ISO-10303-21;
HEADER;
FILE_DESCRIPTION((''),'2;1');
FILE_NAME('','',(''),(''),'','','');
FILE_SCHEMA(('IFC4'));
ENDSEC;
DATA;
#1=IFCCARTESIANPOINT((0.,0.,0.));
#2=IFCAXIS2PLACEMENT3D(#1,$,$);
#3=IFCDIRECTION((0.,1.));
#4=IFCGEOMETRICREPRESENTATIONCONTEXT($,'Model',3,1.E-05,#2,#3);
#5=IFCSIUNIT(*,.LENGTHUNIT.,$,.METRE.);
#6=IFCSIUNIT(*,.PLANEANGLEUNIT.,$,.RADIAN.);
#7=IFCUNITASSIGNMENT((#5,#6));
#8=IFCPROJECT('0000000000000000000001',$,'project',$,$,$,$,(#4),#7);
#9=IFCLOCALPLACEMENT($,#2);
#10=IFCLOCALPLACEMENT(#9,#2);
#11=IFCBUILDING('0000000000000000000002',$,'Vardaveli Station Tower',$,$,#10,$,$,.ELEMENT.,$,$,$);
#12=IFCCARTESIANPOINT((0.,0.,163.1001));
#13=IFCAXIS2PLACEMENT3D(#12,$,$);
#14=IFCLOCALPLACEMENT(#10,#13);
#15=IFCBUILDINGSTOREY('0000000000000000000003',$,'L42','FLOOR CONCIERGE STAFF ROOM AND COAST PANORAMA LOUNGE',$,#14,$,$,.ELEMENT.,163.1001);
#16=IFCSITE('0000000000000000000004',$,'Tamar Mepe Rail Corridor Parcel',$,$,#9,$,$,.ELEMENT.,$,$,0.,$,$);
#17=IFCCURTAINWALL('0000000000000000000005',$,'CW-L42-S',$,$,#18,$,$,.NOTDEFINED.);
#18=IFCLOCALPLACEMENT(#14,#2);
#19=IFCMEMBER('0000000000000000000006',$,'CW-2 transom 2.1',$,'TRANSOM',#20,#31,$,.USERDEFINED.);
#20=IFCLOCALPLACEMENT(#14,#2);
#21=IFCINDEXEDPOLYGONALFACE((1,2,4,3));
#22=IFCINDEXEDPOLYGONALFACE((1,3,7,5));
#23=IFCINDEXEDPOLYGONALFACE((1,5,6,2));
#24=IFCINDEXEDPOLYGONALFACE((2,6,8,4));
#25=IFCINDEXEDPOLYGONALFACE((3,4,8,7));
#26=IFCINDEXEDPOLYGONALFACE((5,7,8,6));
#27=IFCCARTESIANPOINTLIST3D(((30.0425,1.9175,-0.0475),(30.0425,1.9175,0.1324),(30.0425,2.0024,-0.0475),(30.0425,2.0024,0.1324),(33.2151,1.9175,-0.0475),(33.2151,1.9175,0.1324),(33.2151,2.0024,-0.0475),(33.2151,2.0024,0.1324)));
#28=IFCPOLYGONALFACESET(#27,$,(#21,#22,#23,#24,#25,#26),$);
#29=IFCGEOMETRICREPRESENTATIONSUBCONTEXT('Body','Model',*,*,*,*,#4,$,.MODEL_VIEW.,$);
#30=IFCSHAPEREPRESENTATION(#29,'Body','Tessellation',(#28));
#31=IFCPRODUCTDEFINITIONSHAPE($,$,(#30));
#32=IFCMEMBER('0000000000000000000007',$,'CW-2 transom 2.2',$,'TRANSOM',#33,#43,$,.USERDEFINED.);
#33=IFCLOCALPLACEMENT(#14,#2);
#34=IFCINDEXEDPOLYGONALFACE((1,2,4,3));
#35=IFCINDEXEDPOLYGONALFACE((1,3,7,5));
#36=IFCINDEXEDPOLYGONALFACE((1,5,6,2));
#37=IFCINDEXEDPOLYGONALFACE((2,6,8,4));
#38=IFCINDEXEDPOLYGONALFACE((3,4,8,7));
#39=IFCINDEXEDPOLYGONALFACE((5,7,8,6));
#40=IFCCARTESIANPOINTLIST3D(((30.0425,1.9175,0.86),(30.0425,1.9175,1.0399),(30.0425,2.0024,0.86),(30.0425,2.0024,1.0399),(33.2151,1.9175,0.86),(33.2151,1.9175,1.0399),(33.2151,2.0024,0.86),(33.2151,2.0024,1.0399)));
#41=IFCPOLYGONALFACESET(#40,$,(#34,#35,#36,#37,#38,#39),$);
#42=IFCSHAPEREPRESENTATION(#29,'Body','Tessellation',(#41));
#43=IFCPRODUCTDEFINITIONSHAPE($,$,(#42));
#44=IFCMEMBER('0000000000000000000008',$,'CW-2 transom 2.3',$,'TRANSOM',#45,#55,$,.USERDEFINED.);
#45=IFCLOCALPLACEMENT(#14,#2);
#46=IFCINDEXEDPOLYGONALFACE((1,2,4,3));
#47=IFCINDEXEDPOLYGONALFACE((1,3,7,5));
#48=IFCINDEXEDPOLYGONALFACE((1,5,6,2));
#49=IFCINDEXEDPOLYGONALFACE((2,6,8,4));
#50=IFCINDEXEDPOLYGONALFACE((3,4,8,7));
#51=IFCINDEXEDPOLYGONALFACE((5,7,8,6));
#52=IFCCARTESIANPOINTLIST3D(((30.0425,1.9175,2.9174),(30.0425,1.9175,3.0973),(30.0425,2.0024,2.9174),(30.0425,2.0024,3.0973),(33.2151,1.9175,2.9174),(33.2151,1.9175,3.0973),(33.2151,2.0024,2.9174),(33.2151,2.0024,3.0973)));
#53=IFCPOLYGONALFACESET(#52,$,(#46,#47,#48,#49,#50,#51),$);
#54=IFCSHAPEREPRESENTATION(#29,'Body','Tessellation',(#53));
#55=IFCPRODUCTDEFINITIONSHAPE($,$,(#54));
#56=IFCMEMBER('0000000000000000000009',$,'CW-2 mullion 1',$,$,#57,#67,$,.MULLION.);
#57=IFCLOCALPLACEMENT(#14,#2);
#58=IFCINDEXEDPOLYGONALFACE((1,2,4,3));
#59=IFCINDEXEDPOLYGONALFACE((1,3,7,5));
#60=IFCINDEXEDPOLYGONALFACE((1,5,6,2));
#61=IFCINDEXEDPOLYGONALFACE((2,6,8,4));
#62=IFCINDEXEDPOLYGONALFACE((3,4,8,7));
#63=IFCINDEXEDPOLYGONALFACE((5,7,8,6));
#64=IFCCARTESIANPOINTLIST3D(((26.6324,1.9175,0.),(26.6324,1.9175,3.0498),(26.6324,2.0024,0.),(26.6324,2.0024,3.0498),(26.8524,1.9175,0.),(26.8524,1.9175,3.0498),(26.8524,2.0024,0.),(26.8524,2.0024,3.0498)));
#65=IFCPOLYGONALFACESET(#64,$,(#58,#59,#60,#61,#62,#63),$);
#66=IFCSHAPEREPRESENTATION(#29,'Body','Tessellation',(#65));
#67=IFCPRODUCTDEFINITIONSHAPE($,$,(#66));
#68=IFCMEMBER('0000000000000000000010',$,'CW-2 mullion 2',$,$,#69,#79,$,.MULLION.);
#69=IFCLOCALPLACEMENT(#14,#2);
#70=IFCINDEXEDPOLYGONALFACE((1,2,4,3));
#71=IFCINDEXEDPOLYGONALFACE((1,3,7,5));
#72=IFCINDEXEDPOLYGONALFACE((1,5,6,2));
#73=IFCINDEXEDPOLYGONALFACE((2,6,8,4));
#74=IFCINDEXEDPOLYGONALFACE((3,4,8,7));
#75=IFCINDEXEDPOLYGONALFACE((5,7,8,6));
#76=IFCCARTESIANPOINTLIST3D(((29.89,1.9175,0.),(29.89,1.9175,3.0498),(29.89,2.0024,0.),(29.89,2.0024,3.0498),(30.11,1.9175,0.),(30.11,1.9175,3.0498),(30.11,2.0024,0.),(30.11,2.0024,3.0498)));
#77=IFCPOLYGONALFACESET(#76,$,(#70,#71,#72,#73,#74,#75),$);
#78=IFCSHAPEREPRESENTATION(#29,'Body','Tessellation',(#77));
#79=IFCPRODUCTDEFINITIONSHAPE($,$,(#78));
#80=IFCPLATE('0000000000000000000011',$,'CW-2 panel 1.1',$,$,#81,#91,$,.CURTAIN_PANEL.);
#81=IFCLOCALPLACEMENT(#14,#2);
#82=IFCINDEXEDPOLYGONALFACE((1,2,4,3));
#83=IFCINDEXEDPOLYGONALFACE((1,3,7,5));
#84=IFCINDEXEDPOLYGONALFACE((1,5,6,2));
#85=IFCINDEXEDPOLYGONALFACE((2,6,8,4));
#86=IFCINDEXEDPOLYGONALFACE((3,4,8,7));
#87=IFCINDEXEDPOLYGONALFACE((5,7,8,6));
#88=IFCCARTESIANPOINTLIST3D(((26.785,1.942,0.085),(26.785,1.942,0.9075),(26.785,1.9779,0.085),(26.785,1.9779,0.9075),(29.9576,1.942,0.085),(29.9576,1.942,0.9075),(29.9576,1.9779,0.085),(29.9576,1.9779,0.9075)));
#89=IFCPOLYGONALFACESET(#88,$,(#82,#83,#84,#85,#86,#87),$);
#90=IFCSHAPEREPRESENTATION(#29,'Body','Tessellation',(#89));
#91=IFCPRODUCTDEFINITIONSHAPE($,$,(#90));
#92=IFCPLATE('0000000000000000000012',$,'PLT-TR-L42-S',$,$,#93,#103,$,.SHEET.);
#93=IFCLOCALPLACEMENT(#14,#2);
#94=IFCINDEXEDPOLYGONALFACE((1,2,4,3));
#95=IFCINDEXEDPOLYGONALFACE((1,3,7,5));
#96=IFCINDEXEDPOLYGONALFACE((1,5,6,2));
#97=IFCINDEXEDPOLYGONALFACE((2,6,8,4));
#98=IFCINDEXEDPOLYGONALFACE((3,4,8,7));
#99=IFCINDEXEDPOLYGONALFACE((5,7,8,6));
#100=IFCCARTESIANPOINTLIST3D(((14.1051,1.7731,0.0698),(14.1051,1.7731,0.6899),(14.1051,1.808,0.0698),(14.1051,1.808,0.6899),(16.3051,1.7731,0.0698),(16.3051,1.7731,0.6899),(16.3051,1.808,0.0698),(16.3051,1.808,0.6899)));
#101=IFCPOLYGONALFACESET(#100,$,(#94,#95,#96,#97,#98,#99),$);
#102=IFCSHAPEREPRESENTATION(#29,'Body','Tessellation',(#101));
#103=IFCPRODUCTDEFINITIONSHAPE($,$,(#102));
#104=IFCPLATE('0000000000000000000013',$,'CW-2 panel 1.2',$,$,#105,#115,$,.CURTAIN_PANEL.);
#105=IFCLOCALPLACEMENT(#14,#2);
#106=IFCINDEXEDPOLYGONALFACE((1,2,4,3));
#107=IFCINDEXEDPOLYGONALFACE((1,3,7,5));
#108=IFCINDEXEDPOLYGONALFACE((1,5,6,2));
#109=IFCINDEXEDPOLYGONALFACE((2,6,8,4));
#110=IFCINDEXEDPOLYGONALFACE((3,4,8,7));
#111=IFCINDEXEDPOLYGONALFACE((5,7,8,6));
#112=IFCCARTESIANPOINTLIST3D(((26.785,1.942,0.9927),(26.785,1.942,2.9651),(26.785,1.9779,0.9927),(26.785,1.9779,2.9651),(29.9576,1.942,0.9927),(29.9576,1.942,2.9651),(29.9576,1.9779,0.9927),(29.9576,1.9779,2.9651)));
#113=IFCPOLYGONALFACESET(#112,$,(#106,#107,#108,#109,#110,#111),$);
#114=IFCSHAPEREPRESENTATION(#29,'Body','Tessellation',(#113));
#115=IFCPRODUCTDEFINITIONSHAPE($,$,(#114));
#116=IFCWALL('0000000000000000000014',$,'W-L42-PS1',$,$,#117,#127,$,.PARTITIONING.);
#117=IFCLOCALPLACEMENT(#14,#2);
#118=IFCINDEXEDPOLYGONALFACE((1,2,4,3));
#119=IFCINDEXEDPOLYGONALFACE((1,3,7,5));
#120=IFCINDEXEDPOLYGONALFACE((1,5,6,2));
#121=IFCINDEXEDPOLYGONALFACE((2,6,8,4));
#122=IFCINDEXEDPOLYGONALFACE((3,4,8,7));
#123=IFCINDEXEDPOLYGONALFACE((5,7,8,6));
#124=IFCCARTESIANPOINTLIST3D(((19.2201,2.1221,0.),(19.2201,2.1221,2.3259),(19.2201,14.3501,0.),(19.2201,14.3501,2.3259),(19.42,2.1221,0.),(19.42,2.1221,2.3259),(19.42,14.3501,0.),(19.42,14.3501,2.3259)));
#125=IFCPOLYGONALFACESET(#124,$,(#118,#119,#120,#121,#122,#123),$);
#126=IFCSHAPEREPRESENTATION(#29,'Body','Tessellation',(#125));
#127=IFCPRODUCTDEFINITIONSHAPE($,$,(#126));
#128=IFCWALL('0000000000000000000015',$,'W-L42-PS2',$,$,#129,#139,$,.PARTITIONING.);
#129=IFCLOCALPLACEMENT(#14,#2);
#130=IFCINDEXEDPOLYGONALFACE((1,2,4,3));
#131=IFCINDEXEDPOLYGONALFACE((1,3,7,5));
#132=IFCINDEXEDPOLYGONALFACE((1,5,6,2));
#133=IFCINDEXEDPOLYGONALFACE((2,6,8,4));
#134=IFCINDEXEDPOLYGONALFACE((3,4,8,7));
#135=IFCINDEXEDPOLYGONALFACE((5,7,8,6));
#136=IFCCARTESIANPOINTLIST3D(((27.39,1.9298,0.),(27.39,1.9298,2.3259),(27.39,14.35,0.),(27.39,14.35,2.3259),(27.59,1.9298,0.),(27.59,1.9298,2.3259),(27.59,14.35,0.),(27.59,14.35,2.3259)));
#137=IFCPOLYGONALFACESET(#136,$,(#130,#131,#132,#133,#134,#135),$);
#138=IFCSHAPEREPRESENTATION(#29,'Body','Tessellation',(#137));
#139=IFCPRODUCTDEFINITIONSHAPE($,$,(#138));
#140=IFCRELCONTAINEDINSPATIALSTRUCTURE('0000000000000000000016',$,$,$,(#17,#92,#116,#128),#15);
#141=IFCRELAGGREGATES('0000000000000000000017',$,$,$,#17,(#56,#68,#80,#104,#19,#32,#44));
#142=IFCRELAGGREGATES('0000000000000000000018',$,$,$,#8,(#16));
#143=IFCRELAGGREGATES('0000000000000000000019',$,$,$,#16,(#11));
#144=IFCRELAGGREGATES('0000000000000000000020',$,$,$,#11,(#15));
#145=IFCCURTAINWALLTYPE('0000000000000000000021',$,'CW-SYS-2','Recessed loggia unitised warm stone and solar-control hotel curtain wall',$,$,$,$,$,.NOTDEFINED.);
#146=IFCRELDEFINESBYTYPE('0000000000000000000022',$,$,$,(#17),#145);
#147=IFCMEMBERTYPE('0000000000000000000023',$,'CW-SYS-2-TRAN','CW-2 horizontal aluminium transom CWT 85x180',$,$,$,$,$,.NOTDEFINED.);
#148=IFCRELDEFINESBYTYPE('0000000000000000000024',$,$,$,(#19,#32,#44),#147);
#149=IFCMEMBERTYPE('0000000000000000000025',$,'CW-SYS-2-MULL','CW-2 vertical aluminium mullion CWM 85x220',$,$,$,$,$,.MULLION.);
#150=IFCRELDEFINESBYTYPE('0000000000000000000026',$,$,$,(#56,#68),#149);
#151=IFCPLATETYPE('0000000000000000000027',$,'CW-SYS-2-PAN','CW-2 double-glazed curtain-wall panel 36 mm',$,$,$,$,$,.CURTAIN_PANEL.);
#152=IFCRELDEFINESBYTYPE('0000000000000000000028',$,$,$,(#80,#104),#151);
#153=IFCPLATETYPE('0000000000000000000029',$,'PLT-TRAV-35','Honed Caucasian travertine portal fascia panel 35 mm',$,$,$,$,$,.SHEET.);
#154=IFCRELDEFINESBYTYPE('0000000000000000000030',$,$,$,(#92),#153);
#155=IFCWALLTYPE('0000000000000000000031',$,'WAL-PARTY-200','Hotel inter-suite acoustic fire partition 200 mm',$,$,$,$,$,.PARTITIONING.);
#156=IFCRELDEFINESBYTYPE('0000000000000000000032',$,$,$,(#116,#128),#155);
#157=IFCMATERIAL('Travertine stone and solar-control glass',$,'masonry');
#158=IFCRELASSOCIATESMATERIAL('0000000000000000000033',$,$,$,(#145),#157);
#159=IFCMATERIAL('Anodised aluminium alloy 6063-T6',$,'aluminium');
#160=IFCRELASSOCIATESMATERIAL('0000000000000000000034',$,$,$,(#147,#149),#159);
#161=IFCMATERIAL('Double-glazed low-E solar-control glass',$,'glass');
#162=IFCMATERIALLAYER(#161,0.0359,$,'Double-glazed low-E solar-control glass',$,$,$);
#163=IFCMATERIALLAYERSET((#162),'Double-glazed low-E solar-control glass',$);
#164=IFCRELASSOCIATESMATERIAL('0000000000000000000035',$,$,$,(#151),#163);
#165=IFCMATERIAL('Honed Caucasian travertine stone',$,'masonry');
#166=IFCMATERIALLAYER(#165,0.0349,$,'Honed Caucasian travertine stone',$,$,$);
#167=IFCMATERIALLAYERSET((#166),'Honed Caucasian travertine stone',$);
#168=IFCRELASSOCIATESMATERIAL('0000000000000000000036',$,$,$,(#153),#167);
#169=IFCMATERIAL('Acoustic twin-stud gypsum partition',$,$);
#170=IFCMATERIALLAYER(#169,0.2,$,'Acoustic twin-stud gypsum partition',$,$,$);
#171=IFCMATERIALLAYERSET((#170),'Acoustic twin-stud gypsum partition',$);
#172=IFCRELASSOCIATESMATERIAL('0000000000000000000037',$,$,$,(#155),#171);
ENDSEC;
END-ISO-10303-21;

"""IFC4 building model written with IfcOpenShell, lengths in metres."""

from ifc_helpers import new_model, si_unit, direction, frame, frame_2d, origin, origin_2d, place, context, subcontext, project, spatial, rectangle, extrude, source, transform, mapped, material, layer, layer_set, material_profile, profile_set, type_object, element, aggregate, save


model = new_model("IFC4")

# Units and contexts
model_context = context("Model", 3, precision=1e-05, world=origin(), true_north=direction((0.0, 1.0)))
body_context = subcontext(model_context, "Body", "Model", "MODEL_VIEW")
ifc_project = project(units=[si_unit("LENGTHUNIT", "METRE"), si_unit("PLANEANGLEUNIT", "RADIAN")], contexts=[model_context])

# Site, building, storey
site_placement = place(None, origin())
site = spatial("IfcSite", under=ifc_project, at=site_placement, Name="Tamar Mepe Rail Corridor Parcel", CompositionType="ELEMENT", RefElevation=0.0)
building_placement = place(site_placement, origin())
building = spatial("IfcBuilding", under=site, at=building_placement, Name="Vardaveli Station Tower", CompositionType="ELEMENT")
storey_placement = place(building_placement, frame((0.0, 0.0, 163.1001)))
storey = spatial("IfcBuildingStorey", under=building, at=storey_placement, Name="L42", Description="FLOOR CONCIERGE STAFF ROOM AND COAST PANORAMA LOUNGE", CompositionType="ELEMENT", Elevation=163.1001)

# Curtain wall, members, plate
ifc_material_1 = material(Name="Travertine stone and solar-control glass", Category="masonry")
curtain_wall_type = type_object("IfcCurtainWallType", Name="CW-SYS-2", Description="Recessed loggia unitised warm stone and solar-control hotel curtain wall", PredefinedType="NOTDEFINED", material=ifc_material_1)
curtain_wall_placement = place(storey_placement, origin())
curtain_wall = element("IfcCurtainWall", 1, at=curtain_wall_placement, inside=storey, type_object=curtain_wall_type, Name="CW-L42-S", PredefinedType="NOTDEFINED")
ifc_material_2 = material(Name="Anodised aluminium alloy 6063-T6", Category="aluminium")
ifc_material_profile_1 = material_profile(ifc_material_2, rectangle(XDim=0.085, YDim=0.1799, at=origin_2d()), Name="CWT 85x180")
ifc_profile_set_1 = profile_set([ifc_material_profile_1], Name="Anodised aluminium alloy 6063-T6")
member_type_1 = type_object("IfcMemberType", Name="CW-SYS-2-TRAN", Description="CW-2 horizontal aluminium transom CWT 85x180", PredefinedType="NOTDEFINED", material=ifc_profile_set_1)
shared_shape_1 = source(origin(), body_context, "Body", "SweptSolid", [
    extrude(rectangle(XDim=0.085, YDim=0.1799, at=origin_2d()), origin(), (0.0, 0.0, 1.0), 3.1726),
])
member_1_placement = place(storey_placement, frame((30.0425, 1.96, 0.0425), z_axis=(1.0, 0.0, 0.0), x_axis=(0.0, 1.0, 0.0)))
member_1 = element("IfcMember", 2, at=member_1_placement, type_object=member_type_1, Name="CW-2 transom 2.1", ObjectType="TRANSOM", PredefinedType="USERDEFINED", context=body_context, shape_type="MappedRepresentation", body=[
    mapped(shared_shape_1, transform((0.0, 0.0, 0.0), scale=1.0)),
])
member_2_placement = place(storey_placement, frame((30.0425, 1.96, 0.95), z_axis=(1.0, 0.0, 0.0), x_axis=(0.0, 1.0, 0.0)))
member_2 = element("IfcMember", 3, at=member_2_placement, type_object=member_type_1, Name="CW-2 transom 2.2", ObjectType="TRANSOM", PredefinedType="USERDEFINED", context=body_context, shape_type="MappedRepresentation", body=[
    mapped(shared_shape_1, transform((0.0, 0.0, 0.0), scale=1.0)),
])
member_3_placement = place(storey_placement, frame((30.0425, 1.96, 3.0073), z_axis=(1.0, 0.0, 0.0), x_axis=(0.0, 1.0, 0.0)))
member_3 = element("IfcMember", 4, at=member_3_placement, type_object=member_type_1, Name="CW-2 transom 2.3", ObjectType="TRANSOM", PredefinedType="USERDEFINED", context=body_context, shape_type="MappedRepresentation", body=[
    mapped(shared_shape_1, transform((0.0, 0.0, 0.0), scale=1.0)),
])
ifc_material_profile_2 = material_profile(ifc_material_2, rectangle(XDim=0.085, YDim=0.22, at=origin_2d()), Name="CWM 85x220")
ifc_profile_set_2 = profile_set([ifc_material_profile_2], Name="Anodised aluminium alloy 6063-T6")
member_type_2 = type_object("IfcMemberType", Name="CW-SYS-2-MULL", Description="CW-2 vertical aluminium mullion CWM 85x220", PredefinedType="MULLION", material=ifc_profile_set_2)
shared_shape_2 = source(origin(), body_context, "Body", "SweptSolid", [
    extrude(rectangle(XDim=0.085, YDim=0.22, at=origin_2d()), origin(), (0.0, 0.0, 1.0), 3.0498),
])
member_4_placement = place(storey_placement, frame((26.7424, 1.96, 0.0), z_axis=(0.0, 0.0, 1.0), x_axis=(0.0, 1.0, 0.0)))
member_4 = element("IfcMember", 5, at=member_4_placement, type_object=member_type_2, Name="CW-2 mullion 1", PredefinedType="MULLION", context=body_context, shape_type="MappedRepresentation", body=[
    mapped(shared_shape_2, transform((0.0, 0.0, 0.0), scale=1.0)),
])
member_5_placement = place(storey_placement, frame((30.0, 1.96, 0.0), z_axis=(0.0, 0.0, 1.0), x_axis=(0.0, 1.0, 0.0)))
member_5 = element("IfcMember", 6, at=member_5_placement, type_object=member_type_2, Name="CW-2 mullion 2", PredefinedType="MULLION", context=body_context, shape_type="MappedRepresentation", body=[
    mapped(shared_shape_2, transform((0.0, 0.0, 0.0), scale=1.0)),
])
ifc_material_3 = material(Name="Double-glazed low-E solar-control glass", Category="glass")
ifc_layer_1 = layer(ifc_material_3, 0.0359, Name="Double-glazed low-E solar-control glass")
ifc_layer_set_1 = layer_set([ifc_layer_1], Name="Double-glazed low-E solar-control glass")
plate_type_1 = type_object("IfcPlateType", Name="CW-SYS-2-PAN", Description="CW-2 double-glazed curtain-wall panel 36 mm", PredefinedType="CURTAIN_PANEL", material=ifc_layer_set_1)
shared_shape_3 = source(origin(), body_context, "Body", "SweptSolid", [
    extrude(rectangle(XDim=3.1726, YDim=0.0359, at=origin_2d()), origin(), (0.0, 0.0, 1.0), 0.8225),
])
plate_1_placement = place(storey_placement, frame((28.3713, 1.96, 0.085), z_axis=(0.0, 0.0, 1.0), x_axis=(1.0, 0.0, 0.0)))
plate_1 = element("IfcPlate", 7, at=plate_1_placement, type_object=plate_type_1, Name="CW-2 panel 1.1", PredefinedType="CURTAIN_PANEL", context=body_context, shape_type="MappedRepresentation", body=[
    mapped(shared_shape_3, transform((0.0, 0.0, 0.0), scale=1.0)),
])

# Plates
ifc_material_4 = material(Name="Honed Caucasian travertine stone", Category="masonry")
ifc_layer_2 = layer(ifc_material_4, 0.0349, Name="Honed Caucasian travertine stone")
ifc_layer_set_2 = layer_set([ifc_layer_2], Name="Honed Caucasian travertine stone")
plate_type_2 = type_object("IfcPlateType", Name="PLT-TRAV-35", Description="Honed Caucasian travertine portal fascia panel 35 mm", PredefinedType="SHEET", material=ifc_layer_set_2)
shared_shape_4 = source(origin(), body_context, "Body", "SweptSolid", [
    extrude(rectangle(XDim=2.2, YDim=0.0349, at=origin_2d()), origin(), (0.0, 0.0, 1.0), 0.6201),
])
plate_2_placement = place(storey_placement, frame((15.2051, 1.7905, 0.0698), z_axis=(0.0, 0.0, 1.0), x_axis=(1.0, 0.0, 0.0)))
element("IfcPlate", 8, at=plate_2_placement, inside=storey, type_object=plate_type_2, Name="PLT-TR-L42-S", PredefinedType="SHEET", context=body_context, shape_type="MappedRepresentation", body=[
    mapped(shared_shape_4, transform((0.0, 0.0, 0.0), scale=1.0)),
])
shared_shape_5 = source(origin(), body_context, "Body", "SweptSolid", [
    extrude(rectangle(XDim=3.1726, YDim=0.0359, at=origin_2d()), origin(), (0.0, 0.0, 1.0), 1.9724),
])
plate_3_placement = place(storey_placement, frame((28.3713, 1.96, 0.9927), z_axis=(0.0, 0.0, 1.0), x_axis=(1.0, 0.0, 0.0)))
plate_3 = element("IfcPlate", 9, at=plate_3_placement, type_object=plate_type_1, Name="CW-2 panel 1.2", PredefinedType="CURTAIN_PANEL", context=body_context, shape_type="MappedRepresentation", body=[
    mapped(shared_shape_5, transform((0.0, 0.0, 0.0), scale=1.0)),
])
aggregate(curtain_wall, [member_4, member_5, plate_1, plate_3, member_1, member_2, member_3])

# Walls
ifc_material_5 = material(Name="Acoustic twin-stud gypsum partition")
ifc_layer_3 = layer(ifc_material_5, 0.2, Name="Acoustic twin-stud gypsum partition")
ifc_layer_set_3 = layer_set([ifc_layer_3], Name="Acoustic twin-stud gypsum partition")
wall_type = type_object("IfcWallType", Name="WAL-PARTY-200", Description="Hotel inter-suite acoustic fire partition 200 mm", PredefinedType="PARTITIONING", material=ifc_layer_set_3)
shared_shape_6 = source(origin(), body_context, "Body", "SweptSolid", [
    extrude(rectangle(XDim=12.228, YDim=0.2, at=frame_2d((6.114, 0.0))), origin(), (0.0, 0.0, 1.0), 2.3259),
])
wall_1_placement = place(storey_placement, frame((19.3201, 2.1221, 0.0), z_axis=(0.0, 0.0, 1.0), x_axis=(0.0, 1.0, 0.0)))
element("IfcWall", 10, at=wall_1_placement, inside=storey, type_object=wall_type, Name="W-L42-PS1", PredefinedType="PARTITIONING", context=body_context, shape_type="MappedRepresentation", body=[
    mapped(shared_shape_6, transform((0.0, 0.0, 0.0), scale=1.0)),
])
shared_shape_7 = source(origin(), body_context, "Body", "SweptSolid", [
    extrude(rectangle(XDim=12.4202, YDim=0.2, at=frame_2d((6.21, 0.0))), origin(), (0.0, 0.0, 1.0), 2.3259),
])
wall_2_placement = place(storey_placement, frame((27.49, 1.9299, 0.0), z_axis=(0.0, 0.0, 1.0), x_axis=(0.0, 1.0, 0.0)))
element("IfcWall", 11, at=wall_2_placement, inside=storey, type_object=wall_type, Name="W-L42-PS2", PredefinedType="PARTITIONING", context=body_context, shape_type="MappedRepresentation", body=[
    mapped(shared_shape_7, transform((0.0, 0.0, 0.0), scale=1.0)),
])

save(model, "model.ifc")
